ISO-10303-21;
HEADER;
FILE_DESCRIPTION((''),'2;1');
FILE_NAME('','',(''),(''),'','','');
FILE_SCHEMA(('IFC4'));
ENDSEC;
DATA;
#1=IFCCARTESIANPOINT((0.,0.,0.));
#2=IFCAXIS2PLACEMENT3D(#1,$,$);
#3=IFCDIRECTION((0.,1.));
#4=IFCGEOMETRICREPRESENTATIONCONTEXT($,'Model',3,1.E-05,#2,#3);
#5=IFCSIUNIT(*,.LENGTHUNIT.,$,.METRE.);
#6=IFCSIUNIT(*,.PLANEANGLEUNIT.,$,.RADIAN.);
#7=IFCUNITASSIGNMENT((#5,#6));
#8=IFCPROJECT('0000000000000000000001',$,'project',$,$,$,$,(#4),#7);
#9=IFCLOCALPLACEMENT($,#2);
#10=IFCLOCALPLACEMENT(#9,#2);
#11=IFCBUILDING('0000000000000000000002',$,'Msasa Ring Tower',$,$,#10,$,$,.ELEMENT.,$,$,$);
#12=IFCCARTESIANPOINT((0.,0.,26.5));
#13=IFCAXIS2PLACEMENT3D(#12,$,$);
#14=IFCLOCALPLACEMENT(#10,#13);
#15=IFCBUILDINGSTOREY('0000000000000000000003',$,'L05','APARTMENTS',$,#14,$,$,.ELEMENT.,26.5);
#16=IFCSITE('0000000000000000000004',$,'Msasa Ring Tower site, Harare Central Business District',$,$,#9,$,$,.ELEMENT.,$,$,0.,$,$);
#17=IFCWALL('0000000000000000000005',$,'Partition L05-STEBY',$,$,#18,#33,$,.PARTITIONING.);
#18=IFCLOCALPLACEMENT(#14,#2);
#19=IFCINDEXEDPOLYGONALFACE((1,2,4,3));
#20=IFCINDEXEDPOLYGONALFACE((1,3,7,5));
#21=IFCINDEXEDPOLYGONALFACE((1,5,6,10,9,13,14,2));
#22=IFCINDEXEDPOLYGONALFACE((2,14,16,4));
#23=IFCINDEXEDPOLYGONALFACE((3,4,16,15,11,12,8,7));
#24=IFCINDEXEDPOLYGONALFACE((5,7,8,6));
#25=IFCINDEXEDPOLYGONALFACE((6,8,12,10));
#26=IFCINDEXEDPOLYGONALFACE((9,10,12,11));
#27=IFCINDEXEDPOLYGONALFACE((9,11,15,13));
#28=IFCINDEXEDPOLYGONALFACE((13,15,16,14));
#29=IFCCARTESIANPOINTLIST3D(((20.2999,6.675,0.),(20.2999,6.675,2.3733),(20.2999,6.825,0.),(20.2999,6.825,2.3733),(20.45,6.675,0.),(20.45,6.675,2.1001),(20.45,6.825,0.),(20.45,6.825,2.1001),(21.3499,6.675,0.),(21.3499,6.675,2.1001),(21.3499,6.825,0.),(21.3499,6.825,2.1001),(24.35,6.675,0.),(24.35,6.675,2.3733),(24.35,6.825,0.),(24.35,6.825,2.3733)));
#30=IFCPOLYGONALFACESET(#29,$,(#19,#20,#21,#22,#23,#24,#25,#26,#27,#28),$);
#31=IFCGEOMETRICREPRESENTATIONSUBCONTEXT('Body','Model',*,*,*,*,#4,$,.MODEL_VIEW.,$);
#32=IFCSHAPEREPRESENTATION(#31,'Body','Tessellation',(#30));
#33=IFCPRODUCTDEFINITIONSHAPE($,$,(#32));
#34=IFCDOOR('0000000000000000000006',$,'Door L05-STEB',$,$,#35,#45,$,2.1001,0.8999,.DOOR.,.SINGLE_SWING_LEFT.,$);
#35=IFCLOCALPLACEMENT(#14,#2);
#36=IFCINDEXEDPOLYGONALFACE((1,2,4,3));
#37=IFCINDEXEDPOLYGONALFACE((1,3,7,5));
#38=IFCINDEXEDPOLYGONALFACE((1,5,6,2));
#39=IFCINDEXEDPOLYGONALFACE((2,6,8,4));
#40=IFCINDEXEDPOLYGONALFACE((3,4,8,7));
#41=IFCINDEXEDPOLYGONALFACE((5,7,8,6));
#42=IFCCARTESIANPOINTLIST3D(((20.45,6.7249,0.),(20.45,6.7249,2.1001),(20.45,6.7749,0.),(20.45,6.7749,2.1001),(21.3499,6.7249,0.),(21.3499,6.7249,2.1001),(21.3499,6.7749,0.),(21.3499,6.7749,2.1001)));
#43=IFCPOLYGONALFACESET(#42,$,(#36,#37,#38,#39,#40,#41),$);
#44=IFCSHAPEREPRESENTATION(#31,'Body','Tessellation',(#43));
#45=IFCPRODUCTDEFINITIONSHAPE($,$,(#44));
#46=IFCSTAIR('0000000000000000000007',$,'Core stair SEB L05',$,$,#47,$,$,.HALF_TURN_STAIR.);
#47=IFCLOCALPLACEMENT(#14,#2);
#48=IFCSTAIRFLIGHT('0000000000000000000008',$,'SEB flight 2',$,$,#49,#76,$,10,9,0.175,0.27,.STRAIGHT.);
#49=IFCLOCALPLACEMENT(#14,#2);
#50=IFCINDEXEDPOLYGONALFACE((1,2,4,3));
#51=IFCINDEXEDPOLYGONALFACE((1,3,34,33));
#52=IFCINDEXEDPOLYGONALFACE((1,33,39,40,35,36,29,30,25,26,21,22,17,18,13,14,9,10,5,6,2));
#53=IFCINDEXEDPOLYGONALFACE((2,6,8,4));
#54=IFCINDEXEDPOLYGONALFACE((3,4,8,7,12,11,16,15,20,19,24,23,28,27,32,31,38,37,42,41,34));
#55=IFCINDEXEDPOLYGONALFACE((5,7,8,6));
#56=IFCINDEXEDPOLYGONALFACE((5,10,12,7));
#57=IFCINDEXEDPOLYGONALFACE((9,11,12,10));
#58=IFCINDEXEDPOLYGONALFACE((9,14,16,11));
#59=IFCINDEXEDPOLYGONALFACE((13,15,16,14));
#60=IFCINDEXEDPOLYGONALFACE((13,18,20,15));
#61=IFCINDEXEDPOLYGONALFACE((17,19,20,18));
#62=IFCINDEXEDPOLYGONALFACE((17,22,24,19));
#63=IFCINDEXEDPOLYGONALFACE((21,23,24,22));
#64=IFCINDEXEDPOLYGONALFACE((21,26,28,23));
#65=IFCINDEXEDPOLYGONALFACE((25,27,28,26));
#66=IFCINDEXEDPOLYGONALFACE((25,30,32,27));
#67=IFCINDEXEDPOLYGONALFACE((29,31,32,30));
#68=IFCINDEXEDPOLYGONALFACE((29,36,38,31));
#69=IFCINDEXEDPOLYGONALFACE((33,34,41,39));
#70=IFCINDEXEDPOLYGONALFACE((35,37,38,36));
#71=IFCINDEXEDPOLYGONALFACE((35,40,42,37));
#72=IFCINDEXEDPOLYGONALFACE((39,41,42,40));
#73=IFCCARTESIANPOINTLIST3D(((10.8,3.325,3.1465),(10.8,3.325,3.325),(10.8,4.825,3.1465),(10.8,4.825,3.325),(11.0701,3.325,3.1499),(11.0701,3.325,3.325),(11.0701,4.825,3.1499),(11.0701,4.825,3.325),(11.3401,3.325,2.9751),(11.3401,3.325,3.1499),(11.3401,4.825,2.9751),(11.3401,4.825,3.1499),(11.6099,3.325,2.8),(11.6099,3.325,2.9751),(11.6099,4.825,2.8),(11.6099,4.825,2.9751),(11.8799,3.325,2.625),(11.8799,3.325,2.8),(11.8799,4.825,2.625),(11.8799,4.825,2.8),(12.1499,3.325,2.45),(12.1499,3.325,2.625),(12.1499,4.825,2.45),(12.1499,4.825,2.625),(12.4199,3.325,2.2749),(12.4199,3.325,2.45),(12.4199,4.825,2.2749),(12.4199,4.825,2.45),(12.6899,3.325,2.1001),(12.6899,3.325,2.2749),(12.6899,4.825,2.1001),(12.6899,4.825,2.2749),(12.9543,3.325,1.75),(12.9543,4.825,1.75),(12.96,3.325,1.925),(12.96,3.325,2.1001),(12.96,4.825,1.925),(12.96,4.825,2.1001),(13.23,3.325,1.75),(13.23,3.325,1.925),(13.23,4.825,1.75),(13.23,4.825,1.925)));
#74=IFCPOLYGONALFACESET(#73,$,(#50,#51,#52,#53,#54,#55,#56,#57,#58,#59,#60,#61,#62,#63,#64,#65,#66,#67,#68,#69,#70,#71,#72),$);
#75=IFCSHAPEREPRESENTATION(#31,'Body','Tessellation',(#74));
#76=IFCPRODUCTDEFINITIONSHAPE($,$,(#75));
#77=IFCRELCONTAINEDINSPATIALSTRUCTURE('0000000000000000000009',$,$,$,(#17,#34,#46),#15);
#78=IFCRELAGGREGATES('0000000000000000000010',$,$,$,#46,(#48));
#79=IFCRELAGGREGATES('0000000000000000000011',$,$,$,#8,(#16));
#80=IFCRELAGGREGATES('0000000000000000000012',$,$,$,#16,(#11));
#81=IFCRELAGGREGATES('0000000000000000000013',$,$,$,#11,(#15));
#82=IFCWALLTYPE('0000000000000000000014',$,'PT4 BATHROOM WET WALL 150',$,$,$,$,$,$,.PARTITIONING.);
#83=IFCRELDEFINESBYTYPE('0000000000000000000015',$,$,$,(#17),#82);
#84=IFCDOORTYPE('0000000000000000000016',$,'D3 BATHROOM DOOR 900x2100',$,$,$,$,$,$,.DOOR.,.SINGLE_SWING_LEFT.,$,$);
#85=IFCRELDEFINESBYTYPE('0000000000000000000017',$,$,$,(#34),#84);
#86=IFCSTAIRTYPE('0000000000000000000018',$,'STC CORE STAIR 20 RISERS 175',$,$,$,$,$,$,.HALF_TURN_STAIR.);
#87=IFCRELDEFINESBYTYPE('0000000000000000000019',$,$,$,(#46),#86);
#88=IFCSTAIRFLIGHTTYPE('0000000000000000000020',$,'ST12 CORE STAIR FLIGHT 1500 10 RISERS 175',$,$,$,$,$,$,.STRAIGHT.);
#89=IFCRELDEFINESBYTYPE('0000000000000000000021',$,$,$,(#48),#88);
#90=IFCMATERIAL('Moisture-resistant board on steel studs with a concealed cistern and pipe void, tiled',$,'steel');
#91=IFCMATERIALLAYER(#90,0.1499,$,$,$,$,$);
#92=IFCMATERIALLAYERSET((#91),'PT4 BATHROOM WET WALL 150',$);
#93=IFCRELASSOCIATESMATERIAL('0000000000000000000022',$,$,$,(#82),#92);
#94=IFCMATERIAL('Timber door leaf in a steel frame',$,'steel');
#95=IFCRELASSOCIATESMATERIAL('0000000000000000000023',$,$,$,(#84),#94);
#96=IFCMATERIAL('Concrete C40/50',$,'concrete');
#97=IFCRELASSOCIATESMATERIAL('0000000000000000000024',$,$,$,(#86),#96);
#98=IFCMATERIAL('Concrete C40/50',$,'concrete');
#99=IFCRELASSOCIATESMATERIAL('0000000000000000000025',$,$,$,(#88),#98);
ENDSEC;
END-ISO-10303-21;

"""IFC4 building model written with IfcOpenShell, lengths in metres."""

from ifc_helpers import new_model, si_unit, direction, frame, frame_2d, origin, place, context, subcontext, project, spatial, polyline, rectangle, outline, extrude, material, layer, layer_set, type_object, element, fill, aggregate, save


model = new_model("IFC4")

# Units and contexts
model_context = context("Model", 3, precision=1e-05, world=origin(), true_north=direction((0.0, 1.0)))
body_context = subcontext(model_context, "Body", "Model", "MODEL_VIEW")
ifc_project = project(units=[si_unit("LENGTHUNIT", "METRE"), si_unit("PLANEANGLEUNIT", "RADIAN")], contexts=[model_context])

# Site, building, storey
site_placement = place(None, origin())
site = spatial("IfcSite", under=ifc_project, at=site_placement, Name="Msasa Ring Tower site, Harare Central Business District", CompositionType="ELEMENT", RefElevation=0.0)
building_placement = place(site_placement, origin())
building = spatial("IfcBuilding", under=site, at=building_placement, Name="Msasa Ring Tower", CompositionType="ELEMENT")
storey_placement = place(building_placement, frame((0.0, 0.0, 26.5)))
storey = spatial("IfcBuildingStorey", under=building, at=storey_placement, Name="L05", Description="APARTMENTS", CompositionType="ELEMENT", Elevation=26.5)

# Wall, opening, door
ifc_material_1 = material(Name="Moisture-resistant board on steel studs with a concealed cistern and pipe void, tiled", Category="steel")
ifc_layer_1 = layer(ifc_material_1, 0.1499)
ifc_layer_set_1 = layer_set([ifc_layer_1], Name="PT4 BATHROOM WET WALL 150")
wall_type_1 = type_object("IfcWallType", Name="PT4 BATHROOM WET WALL 150", PredefinedType="PARTITIONING", material=ifc_layer_set_1)
ifc_material_2 = material(Name="Timber door leaf in a steel frame", Category="steel")
door_type = type_object("IfcDoorType", Name="D3 BATHROOM DOOR 900x2100", OperationType="SINGLE_SWING_LEFT", PredefinedType="DOOR", material=ifc_material_2)
wall_1_placement = place(storey_placement, frame((20.3, 6.75, 0.0), z_axis=(0.0, 0.0, 1.0), x_axis=(1.0, 0.0, 0.0)))
wall_1 = element("IfcWall", 1, at=wall_1_placement, inside=storey, type_object=wall_type_1, Name="Partition L05-STEBY", PredefinedType="PARTITIONING", context=body_context, shape_type="SweptSolid", body=[
    extrude(rectangle(XDim=4.05, YDim=0.1499, at=frame_2d((2.0249, 0.0))), origin(), (0.0, 0.0, 1.0), 2.3733),
])
opening_1_placement = place(wall_1_placement, frame((0.1499, 0.0, 0.0)))
opening_1 = element("IfcOpeningElement", 2, at=opening_1_placement, cuts=wall_1, PredefinedType="OPENING", context=body_context, shape_type="SweptSolid", body=[
    extrude(rectangle(XDim=0.8999, YDim=2.1001, at=frame_2d((0.45, 1.05))), frame((0.0, 0.085, 0.0), z_axis=(0.0, -1.0, 0.0), x_axis=(1.0, 0.0, 0.0)), (0.0, 0.0, 1.0), 0.1699),
])
door_1_placement = place(opening_1_placement, origin())
door_1 = element("IfcDoor", 3, at=door_1_placement, inside=storey, type_object=door_type, Name="Door L05-STEB", OperationType="SINGLE_SWING_LEFT", OverallHeight=2.1001, OverallWidth=0.8999, PredefinedType="DOOR", context=body_context, shape_type="SweptSolid", body=[
    extrude(rectangle(XDim=0.8999, YDim=2.1001, at=frame_2d((0.45, 1.05))), frame((0.0, 0.0249, 0.0), z_axis=(0.0, -1.0, 0.0), x_axis=(1.0, 0.0, 0.0)), (0.0, 0.0, 1.0), 0.05),
])
fill(opening_1, door_1)

# Stair, stair flight
ifc_material_3 = material(Name="Concrete C40/50", Category="concrete")
stair_type = type_object("IfcStairType", Name="STC CORE STAIR 20 RISERS 175", PredefinedType="HALF_TURN_STAIR", material=ifc_material_3)
stair_placement = place(storey_placement, origin())
stair = element("IfcStair", 4, at=stair_placement, inside=storey, type_object=stair_type, Name="Core stair SEB L05", PredefinedType="HALF_TURN_STAIR")
ifc_material_4 = material(Name="Concrete C40/50", Category="concrete")
stair_flight_type = type_object("IfcStairFlightType", Name="ST12 CORE STAIR FLIGHT 1500 10 RISERS 175", PredefinedType="STRAIGHT", material=ifc_material_4)
stair_flight_placement = place(storey_placement, frame((13.23, 4.075, 1.75), z_axis=(0.0, 0.0, 1.0), x_axis=(-1.0, 0.0, 0.0)))
stair_flight = element("IfcStairFlight", 5, at=stair_flight_placement, type_object=stair_flight_type, Name="SEB flight 2", NumberOfRisers=10, NumberOfTreads=9, PredefinedType="STRAIGHT", RiserHeight=0.175, TreadLength=0.27, context=body_context, shape_type="SweptSolid", body=[
    extrude(outline(polyline([(0.0, 0.0), (0.0, 0.175), (0.27, 0.175), (0.27, 0.3501), (0.54, 0.3501), (0.54, 0.5249), (0.8101, 0.5249), (0.8101, 0.7), (1.0801, 0.7), (1.0801, 0.875), (1.3501, 0.875), (1.3501, 1.05), (1.6201, 1.05), (1.6201, 1.2251), (1.8899, 1.2251), (1.8899, 1.3999), (2.1599, 1.3999), (2.1599, 1.575), (2.4299, 1.575), (2.4299, 1.75), (2.4299, 1.3965), (0.2756, 0.0), (0.0, 0.0)])), frame((0.0, 0.75, 0.0), z_axis=(0.0, -1.0, 0.0), x_axis=(1.0, 0.0, 0.0)), (0.0, 0.0, 1.0), 1.5),
])
aggregate(stair, [stair_flight])

save(model, "model.ifc")
